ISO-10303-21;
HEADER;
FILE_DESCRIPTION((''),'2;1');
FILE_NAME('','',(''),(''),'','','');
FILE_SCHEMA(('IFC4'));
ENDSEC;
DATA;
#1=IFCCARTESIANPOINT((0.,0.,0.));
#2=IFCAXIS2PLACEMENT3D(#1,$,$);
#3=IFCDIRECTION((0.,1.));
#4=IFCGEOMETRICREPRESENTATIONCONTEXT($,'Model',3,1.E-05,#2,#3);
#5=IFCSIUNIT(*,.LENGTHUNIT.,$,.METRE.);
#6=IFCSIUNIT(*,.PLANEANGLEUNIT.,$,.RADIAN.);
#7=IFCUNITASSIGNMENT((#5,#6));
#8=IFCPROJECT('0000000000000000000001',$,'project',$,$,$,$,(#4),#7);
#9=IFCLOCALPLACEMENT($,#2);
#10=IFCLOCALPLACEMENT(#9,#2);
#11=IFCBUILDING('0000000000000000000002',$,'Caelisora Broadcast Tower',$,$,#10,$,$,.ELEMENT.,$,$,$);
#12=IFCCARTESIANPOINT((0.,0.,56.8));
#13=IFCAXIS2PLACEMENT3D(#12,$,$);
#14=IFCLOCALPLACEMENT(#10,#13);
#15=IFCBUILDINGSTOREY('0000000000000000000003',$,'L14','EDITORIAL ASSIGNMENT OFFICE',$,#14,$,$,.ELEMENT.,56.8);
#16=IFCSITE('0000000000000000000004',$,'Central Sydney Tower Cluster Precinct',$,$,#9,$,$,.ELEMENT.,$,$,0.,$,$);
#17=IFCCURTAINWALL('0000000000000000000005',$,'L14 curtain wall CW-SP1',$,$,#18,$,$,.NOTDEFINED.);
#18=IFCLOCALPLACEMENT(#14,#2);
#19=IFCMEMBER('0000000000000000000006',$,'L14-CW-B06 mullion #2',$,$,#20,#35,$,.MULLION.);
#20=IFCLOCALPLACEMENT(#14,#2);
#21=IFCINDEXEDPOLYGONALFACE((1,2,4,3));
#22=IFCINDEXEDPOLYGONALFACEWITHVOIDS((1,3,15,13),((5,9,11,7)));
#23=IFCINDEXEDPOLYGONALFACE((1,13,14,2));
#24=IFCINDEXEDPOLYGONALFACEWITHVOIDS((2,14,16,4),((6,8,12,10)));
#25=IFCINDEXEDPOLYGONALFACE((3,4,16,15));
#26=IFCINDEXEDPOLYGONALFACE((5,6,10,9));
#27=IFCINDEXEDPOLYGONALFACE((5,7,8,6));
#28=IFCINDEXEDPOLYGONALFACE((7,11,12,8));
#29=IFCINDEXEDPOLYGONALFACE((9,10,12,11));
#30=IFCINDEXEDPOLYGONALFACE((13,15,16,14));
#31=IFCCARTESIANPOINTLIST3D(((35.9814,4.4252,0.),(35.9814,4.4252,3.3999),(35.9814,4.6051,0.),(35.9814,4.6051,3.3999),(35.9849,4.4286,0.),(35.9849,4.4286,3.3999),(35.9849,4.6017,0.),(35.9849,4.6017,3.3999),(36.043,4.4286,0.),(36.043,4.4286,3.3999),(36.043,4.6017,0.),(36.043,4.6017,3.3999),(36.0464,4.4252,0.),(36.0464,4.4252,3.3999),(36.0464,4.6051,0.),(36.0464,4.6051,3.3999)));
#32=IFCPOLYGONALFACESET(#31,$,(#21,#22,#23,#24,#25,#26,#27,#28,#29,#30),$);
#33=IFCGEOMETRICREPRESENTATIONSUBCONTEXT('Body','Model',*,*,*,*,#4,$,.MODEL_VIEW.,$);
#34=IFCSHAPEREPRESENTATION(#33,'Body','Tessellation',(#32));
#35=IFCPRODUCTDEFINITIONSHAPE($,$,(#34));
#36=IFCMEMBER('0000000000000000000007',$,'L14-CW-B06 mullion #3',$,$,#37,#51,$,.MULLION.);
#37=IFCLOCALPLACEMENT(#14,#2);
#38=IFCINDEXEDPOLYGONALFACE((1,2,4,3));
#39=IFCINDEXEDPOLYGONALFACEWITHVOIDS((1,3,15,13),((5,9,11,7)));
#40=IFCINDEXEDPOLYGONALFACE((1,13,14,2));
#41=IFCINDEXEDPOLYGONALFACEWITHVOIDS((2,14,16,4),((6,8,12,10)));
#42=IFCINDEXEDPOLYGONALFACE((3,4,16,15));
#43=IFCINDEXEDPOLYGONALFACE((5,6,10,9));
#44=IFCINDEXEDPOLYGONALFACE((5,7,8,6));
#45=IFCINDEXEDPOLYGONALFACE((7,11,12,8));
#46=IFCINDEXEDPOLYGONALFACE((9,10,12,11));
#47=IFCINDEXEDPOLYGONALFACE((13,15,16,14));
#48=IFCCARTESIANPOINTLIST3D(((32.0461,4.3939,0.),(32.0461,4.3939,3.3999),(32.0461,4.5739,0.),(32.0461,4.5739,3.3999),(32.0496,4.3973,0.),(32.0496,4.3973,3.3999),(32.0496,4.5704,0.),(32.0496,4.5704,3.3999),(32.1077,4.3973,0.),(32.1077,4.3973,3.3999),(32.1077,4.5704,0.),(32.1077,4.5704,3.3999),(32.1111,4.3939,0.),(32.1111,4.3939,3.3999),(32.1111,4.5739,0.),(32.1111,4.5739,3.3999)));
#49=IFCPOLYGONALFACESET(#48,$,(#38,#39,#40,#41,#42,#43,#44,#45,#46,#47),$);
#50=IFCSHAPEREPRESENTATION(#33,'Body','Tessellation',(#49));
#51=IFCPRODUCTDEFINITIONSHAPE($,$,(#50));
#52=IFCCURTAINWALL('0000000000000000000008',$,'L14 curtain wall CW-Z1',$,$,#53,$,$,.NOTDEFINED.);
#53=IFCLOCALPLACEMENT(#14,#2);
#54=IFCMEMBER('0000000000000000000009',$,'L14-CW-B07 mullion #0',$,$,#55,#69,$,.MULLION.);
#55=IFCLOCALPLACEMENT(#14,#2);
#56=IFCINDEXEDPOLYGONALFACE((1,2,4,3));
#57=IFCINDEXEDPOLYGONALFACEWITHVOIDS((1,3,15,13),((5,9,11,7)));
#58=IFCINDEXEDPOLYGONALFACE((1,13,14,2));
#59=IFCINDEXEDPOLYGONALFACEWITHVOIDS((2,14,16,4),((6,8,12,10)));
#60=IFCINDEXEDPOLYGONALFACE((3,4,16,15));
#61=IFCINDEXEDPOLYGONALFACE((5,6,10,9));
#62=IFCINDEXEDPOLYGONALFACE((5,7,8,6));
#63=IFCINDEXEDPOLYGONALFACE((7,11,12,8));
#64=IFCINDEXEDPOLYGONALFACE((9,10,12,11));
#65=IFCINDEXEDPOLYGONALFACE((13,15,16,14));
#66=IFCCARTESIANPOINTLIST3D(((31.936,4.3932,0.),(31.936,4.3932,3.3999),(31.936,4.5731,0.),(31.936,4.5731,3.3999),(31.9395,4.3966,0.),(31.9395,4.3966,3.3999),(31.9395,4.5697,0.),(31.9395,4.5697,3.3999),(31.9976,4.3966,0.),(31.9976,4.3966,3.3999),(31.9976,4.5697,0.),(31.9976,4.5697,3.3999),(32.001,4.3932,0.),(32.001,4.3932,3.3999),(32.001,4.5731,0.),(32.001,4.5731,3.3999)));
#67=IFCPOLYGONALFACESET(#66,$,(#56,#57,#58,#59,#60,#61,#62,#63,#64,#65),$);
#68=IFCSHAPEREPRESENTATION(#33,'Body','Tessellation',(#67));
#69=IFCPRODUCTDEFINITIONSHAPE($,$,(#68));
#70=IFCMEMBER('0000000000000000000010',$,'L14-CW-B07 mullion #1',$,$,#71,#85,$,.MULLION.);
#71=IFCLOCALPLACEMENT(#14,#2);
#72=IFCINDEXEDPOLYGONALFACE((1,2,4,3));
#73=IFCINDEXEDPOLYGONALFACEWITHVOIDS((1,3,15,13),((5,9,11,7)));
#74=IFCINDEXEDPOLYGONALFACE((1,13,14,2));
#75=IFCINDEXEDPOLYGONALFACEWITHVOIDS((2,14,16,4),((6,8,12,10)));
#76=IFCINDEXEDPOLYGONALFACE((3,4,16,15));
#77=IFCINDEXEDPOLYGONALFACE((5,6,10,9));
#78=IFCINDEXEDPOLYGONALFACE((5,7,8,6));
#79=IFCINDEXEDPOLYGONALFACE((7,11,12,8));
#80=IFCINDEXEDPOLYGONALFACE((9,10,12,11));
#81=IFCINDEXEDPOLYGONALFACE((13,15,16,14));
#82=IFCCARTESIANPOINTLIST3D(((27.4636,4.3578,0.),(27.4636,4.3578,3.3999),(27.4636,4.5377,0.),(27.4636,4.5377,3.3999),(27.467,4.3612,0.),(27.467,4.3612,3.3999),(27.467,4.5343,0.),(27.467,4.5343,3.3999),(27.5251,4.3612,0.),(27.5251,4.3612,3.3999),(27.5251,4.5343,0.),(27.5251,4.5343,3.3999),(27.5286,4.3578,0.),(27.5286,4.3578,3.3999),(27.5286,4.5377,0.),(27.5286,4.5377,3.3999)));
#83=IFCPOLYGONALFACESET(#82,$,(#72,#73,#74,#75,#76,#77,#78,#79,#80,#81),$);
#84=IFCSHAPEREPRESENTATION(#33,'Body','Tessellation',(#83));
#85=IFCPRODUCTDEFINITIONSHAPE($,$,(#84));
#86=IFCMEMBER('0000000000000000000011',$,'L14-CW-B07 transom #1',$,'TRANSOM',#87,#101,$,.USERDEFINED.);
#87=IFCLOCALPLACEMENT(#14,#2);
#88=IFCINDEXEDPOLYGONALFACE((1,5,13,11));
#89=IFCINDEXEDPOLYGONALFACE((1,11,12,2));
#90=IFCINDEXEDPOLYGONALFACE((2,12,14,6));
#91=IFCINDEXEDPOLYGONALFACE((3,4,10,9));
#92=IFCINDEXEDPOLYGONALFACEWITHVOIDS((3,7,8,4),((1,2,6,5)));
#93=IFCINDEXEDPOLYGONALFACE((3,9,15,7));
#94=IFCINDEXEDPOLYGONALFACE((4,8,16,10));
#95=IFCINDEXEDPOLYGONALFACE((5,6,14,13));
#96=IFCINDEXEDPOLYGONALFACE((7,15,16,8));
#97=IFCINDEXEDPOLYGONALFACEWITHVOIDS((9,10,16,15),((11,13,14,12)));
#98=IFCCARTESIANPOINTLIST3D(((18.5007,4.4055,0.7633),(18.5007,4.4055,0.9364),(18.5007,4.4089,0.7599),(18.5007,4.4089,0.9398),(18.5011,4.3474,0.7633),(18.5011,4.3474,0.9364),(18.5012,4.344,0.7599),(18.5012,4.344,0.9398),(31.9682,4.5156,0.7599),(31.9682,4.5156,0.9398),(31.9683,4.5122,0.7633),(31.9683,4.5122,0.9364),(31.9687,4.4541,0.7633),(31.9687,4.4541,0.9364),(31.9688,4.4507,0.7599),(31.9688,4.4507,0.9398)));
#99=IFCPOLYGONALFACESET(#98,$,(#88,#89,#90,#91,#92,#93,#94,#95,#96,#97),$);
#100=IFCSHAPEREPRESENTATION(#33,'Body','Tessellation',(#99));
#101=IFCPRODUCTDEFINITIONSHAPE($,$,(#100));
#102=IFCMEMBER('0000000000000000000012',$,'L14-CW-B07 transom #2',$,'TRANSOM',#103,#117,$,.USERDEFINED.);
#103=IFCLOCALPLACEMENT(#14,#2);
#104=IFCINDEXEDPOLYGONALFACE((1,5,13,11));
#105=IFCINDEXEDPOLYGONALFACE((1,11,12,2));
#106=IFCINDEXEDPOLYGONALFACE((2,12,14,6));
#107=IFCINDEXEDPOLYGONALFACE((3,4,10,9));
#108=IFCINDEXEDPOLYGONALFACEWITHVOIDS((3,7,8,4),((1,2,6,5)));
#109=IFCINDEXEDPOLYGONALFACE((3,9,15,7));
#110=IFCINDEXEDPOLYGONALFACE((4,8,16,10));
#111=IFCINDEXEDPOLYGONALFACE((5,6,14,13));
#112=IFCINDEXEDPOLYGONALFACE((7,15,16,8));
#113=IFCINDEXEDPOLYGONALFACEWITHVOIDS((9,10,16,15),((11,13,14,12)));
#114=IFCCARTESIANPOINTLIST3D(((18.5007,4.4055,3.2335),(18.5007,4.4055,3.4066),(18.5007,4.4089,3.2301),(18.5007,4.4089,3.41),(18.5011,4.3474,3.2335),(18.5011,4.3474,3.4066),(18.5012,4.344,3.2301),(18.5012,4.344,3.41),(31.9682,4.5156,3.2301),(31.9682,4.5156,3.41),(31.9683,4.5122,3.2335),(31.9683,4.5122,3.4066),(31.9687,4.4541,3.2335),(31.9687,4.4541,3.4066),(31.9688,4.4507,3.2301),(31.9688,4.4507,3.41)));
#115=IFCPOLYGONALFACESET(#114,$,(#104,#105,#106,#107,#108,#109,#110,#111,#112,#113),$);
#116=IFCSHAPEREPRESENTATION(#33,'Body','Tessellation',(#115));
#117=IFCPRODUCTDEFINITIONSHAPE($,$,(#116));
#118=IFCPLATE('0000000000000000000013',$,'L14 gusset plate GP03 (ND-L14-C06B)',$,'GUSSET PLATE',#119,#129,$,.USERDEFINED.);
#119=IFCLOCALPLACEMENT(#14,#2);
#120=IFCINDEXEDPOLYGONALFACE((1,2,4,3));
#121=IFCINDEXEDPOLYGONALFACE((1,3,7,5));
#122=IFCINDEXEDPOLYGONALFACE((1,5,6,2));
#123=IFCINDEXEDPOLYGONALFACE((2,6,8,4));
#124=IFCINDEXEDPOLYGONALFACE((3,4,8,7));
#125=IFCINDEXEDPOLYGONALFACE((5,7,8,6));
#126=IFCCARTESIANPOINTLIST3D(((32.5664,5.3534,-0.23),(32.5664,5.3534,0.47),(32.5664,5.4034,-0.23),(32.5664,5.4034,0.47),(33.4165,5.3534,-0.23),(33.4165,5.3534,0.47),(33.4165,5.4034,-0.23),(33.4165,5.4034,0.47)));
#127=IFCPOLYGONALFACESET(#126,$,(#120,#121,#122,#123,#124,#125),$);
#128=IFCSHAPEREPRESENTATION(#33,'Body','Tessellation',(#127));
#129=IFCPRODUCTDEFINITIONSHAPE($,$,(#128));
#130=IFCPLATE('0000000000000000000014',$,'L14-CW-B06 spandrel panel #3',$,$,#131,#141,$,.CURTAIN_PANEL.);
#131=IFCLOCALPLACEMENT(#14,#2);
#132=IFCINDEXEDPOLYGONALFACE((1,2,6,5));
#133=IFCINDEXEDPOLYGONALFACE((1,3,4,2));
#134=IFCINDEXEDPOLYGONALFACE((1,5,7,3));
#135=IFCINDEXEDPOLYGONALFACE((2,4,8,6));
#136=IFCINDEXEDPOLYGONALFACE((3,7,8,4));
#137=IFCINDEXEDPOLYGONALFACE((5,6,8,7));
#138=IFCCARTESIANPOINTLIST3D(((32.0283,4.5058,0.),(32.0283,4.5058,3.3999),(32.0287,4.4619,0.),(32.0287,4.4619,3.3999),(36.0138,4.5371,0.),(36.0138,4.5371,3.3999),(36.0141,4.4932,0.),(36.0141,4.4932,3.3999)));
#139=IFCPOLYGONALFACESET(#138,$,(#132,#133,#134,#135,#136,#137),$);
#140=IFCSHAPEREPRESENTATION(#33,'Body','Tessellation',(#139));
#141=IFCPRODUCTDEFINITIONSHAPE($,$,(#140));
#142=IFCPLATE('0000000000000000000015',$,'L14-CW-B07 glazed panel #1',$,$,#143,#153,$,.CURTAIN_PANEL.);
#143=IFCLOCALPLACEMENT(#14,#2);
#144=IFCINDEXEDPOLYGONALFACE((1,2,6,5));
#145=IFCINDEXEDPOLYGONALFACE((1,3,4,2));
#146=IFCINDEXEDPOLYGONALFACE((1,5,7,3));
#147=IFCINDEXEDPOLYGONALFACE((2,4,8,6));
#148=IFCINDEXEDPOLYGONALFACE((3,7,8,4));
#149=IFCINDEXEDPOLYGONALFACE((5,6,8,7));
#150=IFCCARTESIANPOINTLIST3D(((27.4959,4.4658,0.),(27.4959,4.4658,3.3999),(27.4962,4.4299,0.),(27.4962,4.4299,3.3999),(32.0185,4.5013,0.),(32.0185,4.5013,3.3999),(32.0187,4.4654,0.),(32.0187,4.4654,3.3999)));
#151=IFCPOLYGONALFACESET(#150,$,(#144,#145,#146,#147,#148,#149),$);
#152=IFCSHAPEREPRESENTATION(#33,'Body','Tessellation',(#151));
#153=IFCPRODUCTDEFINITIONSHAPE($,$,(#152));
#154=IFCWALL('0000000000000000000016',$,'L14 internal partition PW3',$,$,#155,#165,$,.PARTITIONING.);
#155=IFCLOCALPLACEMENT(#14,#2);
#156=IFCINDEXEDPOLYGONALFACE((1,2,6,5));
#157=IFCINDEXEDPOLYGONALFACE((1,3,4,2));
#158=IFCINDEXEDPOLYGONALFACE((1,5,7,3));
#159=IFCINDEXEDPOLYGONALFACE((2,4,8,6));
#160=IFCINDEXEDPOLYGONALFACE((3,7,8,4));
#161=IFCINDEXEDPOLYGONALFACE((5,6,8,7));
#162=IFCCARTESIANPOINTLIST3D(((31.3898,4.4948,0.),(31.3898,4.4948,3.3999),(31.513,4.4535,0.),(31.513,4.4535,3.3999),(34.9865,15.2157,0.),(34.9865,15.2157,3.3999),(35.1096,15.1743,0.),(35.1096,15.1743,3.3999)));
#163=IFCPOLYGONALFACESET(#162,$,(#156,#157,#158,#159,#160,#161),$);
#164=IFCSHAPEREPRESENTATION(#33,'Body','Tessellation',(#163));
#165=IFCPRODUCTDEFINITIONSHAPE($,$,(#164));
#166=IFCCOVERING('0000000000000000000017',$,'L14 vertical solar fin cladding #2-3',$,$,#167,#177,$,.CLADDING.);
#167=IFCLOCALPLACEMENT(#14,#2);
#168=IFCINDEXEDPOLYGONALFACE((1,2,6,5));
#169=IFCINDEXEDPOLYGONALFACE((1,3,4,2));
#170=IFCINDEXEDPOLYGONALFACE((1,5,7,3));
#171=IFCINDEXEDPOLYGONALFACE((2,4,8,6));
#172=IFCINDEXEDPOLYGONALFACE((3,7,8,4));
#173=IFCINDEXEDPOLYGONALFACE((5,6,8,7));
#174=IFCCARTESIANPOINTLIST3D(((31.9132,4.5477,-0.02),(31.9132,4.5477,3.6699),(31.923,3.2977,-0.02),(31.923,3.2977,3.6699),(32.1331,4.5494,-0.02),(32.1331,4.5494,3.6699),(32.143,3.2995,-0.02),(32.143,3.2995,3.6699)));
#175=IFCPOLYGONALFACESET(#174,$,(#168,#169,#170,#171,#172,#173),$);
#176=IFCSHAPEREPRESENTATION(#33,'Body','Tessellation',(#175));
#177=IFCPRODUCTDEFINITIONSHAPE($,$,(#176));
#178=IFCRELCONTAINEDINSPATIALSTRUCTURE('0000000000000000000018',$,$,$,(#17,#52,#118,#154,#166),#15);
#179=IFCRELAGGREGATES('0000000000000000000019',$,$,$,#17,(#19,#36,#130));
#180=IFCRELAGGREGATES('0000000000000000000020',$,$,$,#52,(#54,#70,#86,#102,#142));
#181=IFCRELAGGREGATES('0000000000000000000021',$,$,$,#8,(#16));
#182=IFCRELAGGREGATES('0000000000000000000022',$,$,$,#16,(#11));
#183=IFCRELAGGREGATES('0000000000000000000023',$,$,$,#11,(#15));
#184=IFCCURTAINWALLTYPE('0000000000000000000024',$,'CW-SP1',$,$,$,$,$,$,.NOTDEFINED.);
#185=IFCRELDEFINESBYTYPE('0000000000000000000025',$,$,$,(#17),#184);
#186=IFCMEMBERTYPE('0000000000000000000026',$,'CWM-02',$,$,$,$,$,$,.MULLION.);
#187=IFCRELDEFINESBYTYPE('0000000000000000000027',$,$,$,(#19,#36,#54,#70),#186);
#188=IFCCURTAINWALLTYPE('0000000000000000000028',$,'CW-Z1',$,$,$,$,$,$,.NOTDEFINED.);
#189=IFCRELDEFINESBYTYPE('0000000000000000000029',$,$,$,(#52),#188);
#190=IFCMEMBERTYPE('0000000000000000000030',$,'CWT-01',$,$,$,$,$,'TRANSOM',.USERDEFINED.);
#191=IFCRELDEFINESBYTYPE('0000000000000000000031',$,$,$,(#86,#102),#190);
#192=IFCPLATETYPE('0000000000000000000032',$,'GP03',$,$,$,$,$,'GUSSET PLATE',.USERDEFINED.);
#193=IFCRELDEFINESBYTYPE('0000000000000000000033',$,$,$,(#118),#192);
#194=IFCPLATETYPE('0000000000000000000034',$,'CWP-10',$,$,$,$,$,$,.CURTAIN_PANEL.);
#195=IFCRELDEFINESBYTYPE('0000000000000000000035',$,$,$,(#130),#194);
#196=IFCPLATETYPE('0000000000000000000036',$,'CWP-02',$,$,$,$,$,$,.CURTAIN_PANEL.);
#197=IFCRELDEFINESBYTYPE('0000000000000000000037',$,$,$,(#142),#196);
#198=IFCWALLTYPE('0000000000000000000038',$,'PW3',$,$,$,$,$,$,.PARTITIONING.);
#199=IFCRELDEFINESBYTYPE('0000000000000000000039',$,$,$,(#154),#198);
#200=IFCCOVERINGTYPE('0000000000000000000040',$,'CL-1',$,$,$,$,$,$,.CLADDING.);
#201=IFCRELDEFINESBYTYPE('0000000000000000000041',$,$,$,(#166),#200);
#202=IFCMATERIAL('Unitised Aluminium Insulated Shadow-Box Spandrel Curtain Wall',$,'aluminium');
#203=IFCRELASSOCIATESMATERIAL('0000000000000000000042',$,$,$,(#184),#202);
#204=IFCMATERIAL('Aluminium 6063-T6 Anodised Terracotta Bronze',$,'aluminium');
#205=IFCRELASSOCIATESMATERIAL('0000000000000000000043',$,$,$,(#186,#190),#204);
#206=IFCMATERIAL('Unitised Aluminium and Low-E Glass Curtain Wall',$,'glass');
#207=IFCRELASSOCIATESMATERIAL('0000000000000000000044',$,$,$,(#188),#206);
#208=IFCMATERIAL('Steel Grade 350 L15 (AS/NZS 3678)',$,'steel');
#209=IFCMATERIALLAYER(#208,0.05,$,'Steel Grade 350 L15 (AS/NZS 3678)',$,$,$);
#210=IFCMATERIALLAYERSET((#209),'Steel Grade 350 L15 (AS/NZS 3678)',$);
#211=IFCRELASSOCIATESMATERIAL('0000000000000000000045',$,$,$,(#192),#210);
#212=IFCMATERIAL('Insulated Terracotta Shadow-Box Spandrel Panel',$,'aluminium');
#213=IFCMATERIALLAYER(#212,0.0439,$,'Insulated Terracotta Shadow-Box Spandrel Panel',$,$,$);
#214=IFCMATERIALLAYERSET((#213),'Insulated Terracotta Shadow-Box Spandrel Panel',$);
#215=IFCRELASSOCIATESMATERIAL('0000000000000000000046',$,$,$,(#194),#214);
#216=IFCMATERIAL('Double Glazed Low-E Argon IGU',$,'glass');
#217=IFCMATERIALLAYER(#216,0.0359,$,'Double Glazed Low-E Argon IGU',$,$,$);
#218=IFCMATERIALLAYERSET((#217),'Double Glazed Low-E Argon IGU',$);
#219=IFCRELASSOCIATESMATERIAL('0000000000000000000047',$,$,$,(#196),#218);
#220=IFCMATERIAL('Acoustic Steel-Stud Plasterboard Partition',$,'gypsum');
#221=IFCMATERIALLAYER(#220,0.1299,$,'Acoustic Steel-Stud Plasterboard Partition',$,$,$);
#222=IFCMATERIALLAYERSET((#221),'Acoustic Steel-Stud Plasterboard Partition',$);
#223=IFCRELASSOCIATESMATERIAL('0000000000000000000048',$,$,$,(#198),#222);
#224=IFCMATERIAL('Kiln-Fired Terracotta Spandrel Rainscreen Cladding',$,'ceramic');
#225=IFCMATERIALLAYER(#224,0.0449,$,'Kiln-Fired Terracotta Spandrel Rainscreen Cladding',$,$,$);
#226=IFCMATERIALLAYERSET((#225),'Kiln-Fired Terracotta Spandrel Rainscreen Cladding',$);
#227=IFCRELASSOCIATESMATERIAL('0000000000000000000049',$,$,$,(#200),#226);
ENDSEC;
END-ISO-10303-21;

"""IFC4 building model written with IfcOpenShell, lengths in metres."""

from ifc_helpers import new_model, si_unit, direction, frame, frame_2d, origin, origin_2d, place, context, subcontext, project, spatial, rectangle, hollow_rectangle, extrude, source, transform, mapped, material, layer, layer_set, material_profile, profile_set, type_object, type_shapes, element, aggregate, save


model = new_model("IFC4")

# Units and contexts
model_context = context("Model", 3, precision=1e-05, world=origin(), true_north=direction((0.0, 1.0)))
body_context = subcontext(model_context, "Body", "Model", "MODEL_VIEW")
ifc_project = project(units=[si_unit("LENGTHUNIT", "METRE"), si_unit("PLANEANGLEUNIT", "RADIAN")], contexts=[model_context])

# Site, building, storey
site_placement = place(None, origin())
site = spatial("IfcSite", under=ifc_project, at=site_placement, Name="Central Sydney Tower Cluster Precinct", CompositionType="ELEMENT", RefElevation=0.0)
building_placement = place(site_placement, origin())
building = spatial("IfcBuilding", under=site, at=building_placement, Name="Caelisora Broadcast Tower", CompositionType="ELEMENT")
storey_placement = place(building_placement, frame((0.0, 0.0, 56.8)))
storey = spatial("IfcBuildingStorey", under=building, at=storey_placement, Name="L14", Description="EDITORIAL ASSIGNMENT OFFICE", CompositionType="ELEMENT", Elevation=56.8)

# Shared definitions
ifc_material_1 = material(Name="Steel Grade 350 L15 (AS/NZS 3678)", Category="steel")

# Curtain walls, members
ifc_material_2 = material(Name="Unitised Aluminium Insulated Shadow-Box Spandrel Curtain Wall", Category="aluminium")
curtain_wall_type_1 = type_object("IfcCurtainWallType", Name="CW-SP1", PredefinedType="NOTDEFINED", material=ifc_material_2)
curtain_wall_1_placement = place(storey_placement, origin())
curtain_wall_1 = element("IfcCurtainWall", 1, at=curtain_wall_1_placement, inside=storey, type_object=curtain_wall_type_1, Name="L14 curtain wall CW-SP1", PredefinedType="NOTDEFINED")
ifc_material_3 = material(Name="Aluminium 6063-T6 Anodised Terracotta Bronze", Category="aluminium")
ifc_material_profile_1 = material_profile(ifc_material_3, hollow_rectangle(XDim=0.0649, YDim=0.1799, WallThickness=0.0034, at=origin_2d()), Name="Aluminium 6063-T6 Anodised Terracotta Bronze")
ifc_profile_set_1 = profile_set([ifc_material_profile_1], Name="Aluminium 6063-T6 Anodised Terracotta Bronze")
member_type_1 = type_object("IfcMemberType", Name="CWM-02", PredefinedType="MULLION", material=ifc_profile_set_1)
shared_shape_1 = source(origin(), body_context, "Body", "SweptSolid", [
    extrude(hollow_rectangle(XDim=0.0649, YDim=0.1799, WallThickness=0.0034, at=origin_2d()), origin(), (0.0, 0.0, 1.0), 3.3999),
])
type_shapes(member_type_1, [shared_shape_1])
member_1_placement = place(storey_placement, frame((36.0139, 4.5151, 0.0), z_axis=(0.0, 0.0, 1.0), x_axis=(1.0, 0.0, 0.0)))
member_1 = element("IfcMember", 2, at=member_1_placement, type_object=member_type_1, Name="L14-CW-B06 mullion #2", PredefinedType="MULLION", context=body_context, shape_type="MappedRepresentation", body=[
    mapped(shared_shape_1, transform((0.0, 0.0, 0.0), scale=1.0)),
])
member_2_placement = place(storey_placement, frame((32.0786, 4.4839, 0.0), z_axis=(0.0, 0.0, 1.0), x_axis=(1.0, 0.0, 0.0)))
member_2 = element("IfcMember", 3, at=member_2_placement, type_object=member_type_1, Name="L14-CW-B06 mullion #3", PredefinedType="MULLION", context=body_context, shape_type="MappedRepresentation", body=[
    mapped(shared_shape_1, transform((0.0, 0.0, 0.0), scale=1.0)),
])
ifc_material_4 = material(Name="Unitised Aluminium and Low-E Glass Curtain Wall", Category="glass")
curtain_wall_type_2 = type_object("IfcCurtainWallType", Name="CW-Z1", PredefinedType="NOTDEFINED", material=ifc_material_4)
curtain_wall_2_placement = place(storey_placement, origin())
curtain_wall_2 = element("IfcCurtainWall", 4, at=curtain_wall_2_placement, inside=storey, type_object=curtain_wall_type_2, Name="L14 curtain wall CW-Z1", PredefinedType="NOTDEFINED")
member_3_placement = place(storey_placement, frame((31.9685, 4.4832, 0.0), z_axis=(0.0, 0.0, 1.0), x_axis=(1.0, 0.0, 0.0)))
member_3 = element("IfcMember", 5, at=member_3_placement, type_object=member_type_1, Name="L14-CW-B07 mullion #0", PredefinedType="MULLION", context=body_context, shape_type="MappedRepresentation", body=[
    mapped(shared_shape_1, transform((0.0, 0.0, 0.0), scale=1.0)),
])
member_4_placement = place(storey_placement, frame((27.4961, 4.4478, 0.0), z_axis=(0.0, 0.0, 1.0), x_axis=(1.0, 0.0, 0.0)))
member_4 = element("IfcMember", 6, at=member_4_placement, type_object=member_type_1, Name="L14-CW-B07 mullion #1", PredefinedType="MULLION", context=body_context, shape_type="MappedRepresentation", body=[
    mapped(shared_shape_1, transform((0.0, 0.0, 0.0), scale=1.0)),
])
ifc_material_profile_2 = material_profile(ifc_material_3, hollow_rectangle(XDim=0.0649, YDim=0.1799, WallThickness=0.0034, at=origin_2d()), Name="Aluminium 6063-T6 Anodised Terracotta Bronze")
ifc_profile_set_2 = profile_set([ifc_material_profile_2], Name="Aluminium 6063-T6 Anodised Terracotta Bronze")
member_type_2 = type_object("IfcMemberType", Name="CWT-01", ElementType="TRANSOM", PredefinedType="USERDEFINED", material=ifc_profile_set_2)
shared_shape_2 = source(origin(), body_context, "Body", "SweptSolid", [
    extrude(hollow_rectangle(XDim=0.0649, YDim=0.1799, WallThickness=0.0034, at=origin_2d()), origin(), (0.0, 0.0, 1.0), 13.468),
])
type_shapes(member_type_2, [shared_shape_2])
member_5_placement = place(storey_placement, frame((31.9685, 4.4832, 0.8499), z_axis=(-0.999969, -0.007922, 0.0), x_axis=(0.007922, -0.999969, 0.0)))
member_5 = element("IfcMember", 7, at=member_5_placement, type_object=member_type_2, Name="L14-CW-B07 transom #1", ObjectType="TRANSOM", PredefinedType="USERDEFINED", context=body_context, shape_type="MappedRepresentation", body=[
    mapped(shared_shape_2, transform((0.0, 0.0, 0.0), scale=1.0)),
])
member_6_placement = place(storey_placement, frame((31.9685, 4.4832, 3.3201), z_axis=(-0.999969, -0.007922, 0.0), x_axis=(0.007922, -0.999969, 0.0)))
member_6 = element("IfcMember", 8, at=member_6_placement, type_object=member_type_2, Name="L14-CW-B07 transom #2", ObjectType="TRANSOM", PredefinedType="USERDEFINED", context=body_context, shape_type="MappedRepresentation", body=[
    mapped(shared_shape_2, transform((0.0, 0.0, 0.0), scale=1.0)),
])

# Plates
ifc_layer_1 = layer(ifc_material_1, 0.05, Name="Steel Grade 350 L15 (AS/NZS 3678)")
ifc_layer_set_1 = layer_set([ifc_layer_1], Name="Steel Grade 350 L15 (AS/NZS 3678)")
plate_type_1 = type_object("IfcPlateType", Name="GP03", ElementType="GUSSET PLATE", PredefinedType="USERDEFINED", material=ifc_layer_set_1)
shared_shape_3 = source(origin(), body_context, "Body", "SweptSolid", [
    extrude(rectangle(XDim=0.8501, YDim=0.05, at=origin_2d()), origin(), (0.0, 0.0, 1.0), 0.7),
])
type_shapes(plate_type_1, [shared_shape_3])
plate_1_placement = place(storey_placement, frame((32.9915, 5.3784, -0.23), z_axis=(0.0, 0.0, 1.0), x_axis=(1.0, 0.0, 0.0)))
element("IfcPlate", 9, at=plate_1_placement, inside=storey, type_object=plate_type_1, Name="L14 gusset plate GP03 (ND-L14-C06B)", ObjectType="GUSSET PLATE", PredefinedType="USERDEFINED", context=body_context, shape_type="MappedRepresentation", body=[
    mapped(shared_shape_3, transform((0.0, 0.0, 0.0), scale=1.0)),
])
ifc_material_5 = material(Name="Insulated Terracotta Shadow-Box Spandrel Panel", Category="aluminium")
ifc_layer_2 = layer(ifc_material_5, 0.0439, Name="Insulated Terracotta Shadow-Box Spandrel Panel")
ifc_layer_set_2 = layer_set([ifc_layer_2], Name="Insulated Terracotta Shadow-Box Spandrel Panel")
plate_type_2 = type_object("IfcPlateType", Name="CWP-10", PredefinedType="CURTAIN_PANEL", material=ifc_layer_set_2)
shared_shape_4 = source(origin(), body_context, "Body", "SweptSolid", [
    extrude(rectangle(XDim=3.9856, YDim=0.0439, at=origin_2d()), origin(), (0.0, 0.0, 1.0), 3.3999),
])
type_shapes(plate_type_2, [shared_shape_4])
plate_2_placement = place(storey_placement, frame((34.0212, 4.4995, 0.0), z_axis=(0.0, 0.0, 1.0), x_axis=(-0.999969, -0.007854, 0.0)))
plate_2 = element("IfcPlate", 10, at=plate_2_placement, type_object=plate_type_2, Name="L14-CW-B06 spandrel panel #3", PredefinedType="CURTAIN_PANEL", context=body_context, shape_type="MappedRepresentation", body=[
    mapped(shared_shape_4, transform((0.0, 0.0, 0.0), scale=1.0)),
])
aggregate(curtain_wall_1, [member_1, member_2, plate_2])
ifc_material_6 = material(Name="Double Glazed Low-E Argon IGU", Category="glass")
ifc_layer_3 = layer(ifc_material_6, 0.0359, Name="Double Glazed Low-E Argon IGU")
ifc_layer_set_3 = layer_set([ifc_layer_3], Name="Double Glazed Low-E Argon IGU")
plate_type_3 = type_object("IfcPlateType", Name="CWP-02", PredefinedType="CURTAIN_PANEL", material=ifc_layer_set_3)
shared_shape_5 = source(origin(), body_context, "Body", "SweptSolid", [
    extrude(rectangle(XDim=4.5227, YDim=0.0359, at=origin_2d()), origin(), (0.0, 0.0, 1.0), 3.3999),
])
type_shapes(plate_type_3, [shared_shape_5])
plate_3_placement = place(storey_placement, frame((29.7573, 4.4656, 0.0), z_axis=(0.0, 0.0, 1.0), x_axis=(-0.999969, -0.007854, 0.0)))
plate_3 = element("IfcPlate", 11, at=plate_3_placement, type_object=plate_type_3, Name="L14-CW-B07 glazed panel #1", PredefinedType="CURTAIN_PANEL", context=body_context, shape_type="MappedRepresentation", body=[
    mapped(shared_shape_5, transform((0.0, 0.0, 0.0), scale=1.0)),
])
aggregate(curtain_wall_2, [member_3, member_4, member_5, member_6, plate_3])

# Wall
ifc_material_7 = material(Name="Acoustic Steel-Stud Plasterboard Partition", Category="gypsum")
ifc_layer_4 = layer(ifc_material_7, 0.1299, Name="Acoustic Steel-Stud Plasterboard Partition")
ifc_layer_set_4 = layer_set([ifc_layer_4], Name="Acoustic Steel-Stud Plasterboard Partition")
wall_type = type_object("IfcWallType", Name="PW3", PredefinedType="PARTITIONING", material=ifc_layer_set_4)
wall_placement = place(storey_placement, frame((31.4514, 4.4741, 0.0), z_axis=(0.0, 0.0, 1.0), x_axis=(0.31806, 0.948071, 0.0)))
element("IfcWall", 12, at=wall_placement, inside=storey, type_object=wall_type, Name="L14 internal partition PW3", PredefinedType="PARTITIONING", context=body_context, shape_type="SweptSolid", body=[
    extrude(rectangle(XDim=11.3081, YDim=0.1299, at=frame_2d((5.6541, 0.0))), origin(), (0.0, 0.0, 1.0), 3.3999),
])

# Covering
ifc_material_8 = material(Name="Kiln-Fired Terracotta Spandrel Rainscreen Cladding", Category="ceramic")
ifc_layer_5 = layer(ifc_material_8, 0.0449, Name="Kiln-Fired Terracotta Spandrel Rainscreen Cladding")
ifc_layer_set_5 = layer_set([ifc_layer_5], Name="Kiln-Fired Terracotta Spandrel Rainscreen Cladding")
covering_type = type_object("IfcCoveringType", Name="CL-1", PredefinedType="CLADDING", material=ifc_layer_set_5)
shared_shape_6 = source(origin(), body_context, "Body", "SweptSolid", [
    extrude(rectangle(XDim=0.22, YDim=1.25, at=origin_2d()), origin(), (0.0, 0.0, 1.0), 3.6899),
])
type_shapes(covering_type, [shared_shape_6])
covering_placement = place(storey_placement, frame((32.0281, 3.9236, -0.02), z_axis=(0.0, 0.0, 1.0), x_axis=(-0.999969, -0.007854, 0.0)))
element("IfcCovering", 13, at=covering_placement, inside=storey, type_object=covering_type, Name="L14 vertical solar fin cladding #2-3", PredefinedType="CLADDING", context=body_context, shape_type="MappedRepresentation", body=[
    mapped(shared_shape_6, transform((0.0, 0.0, 0.0), scale=1.0)),
])

save(model, "model.ifc")
